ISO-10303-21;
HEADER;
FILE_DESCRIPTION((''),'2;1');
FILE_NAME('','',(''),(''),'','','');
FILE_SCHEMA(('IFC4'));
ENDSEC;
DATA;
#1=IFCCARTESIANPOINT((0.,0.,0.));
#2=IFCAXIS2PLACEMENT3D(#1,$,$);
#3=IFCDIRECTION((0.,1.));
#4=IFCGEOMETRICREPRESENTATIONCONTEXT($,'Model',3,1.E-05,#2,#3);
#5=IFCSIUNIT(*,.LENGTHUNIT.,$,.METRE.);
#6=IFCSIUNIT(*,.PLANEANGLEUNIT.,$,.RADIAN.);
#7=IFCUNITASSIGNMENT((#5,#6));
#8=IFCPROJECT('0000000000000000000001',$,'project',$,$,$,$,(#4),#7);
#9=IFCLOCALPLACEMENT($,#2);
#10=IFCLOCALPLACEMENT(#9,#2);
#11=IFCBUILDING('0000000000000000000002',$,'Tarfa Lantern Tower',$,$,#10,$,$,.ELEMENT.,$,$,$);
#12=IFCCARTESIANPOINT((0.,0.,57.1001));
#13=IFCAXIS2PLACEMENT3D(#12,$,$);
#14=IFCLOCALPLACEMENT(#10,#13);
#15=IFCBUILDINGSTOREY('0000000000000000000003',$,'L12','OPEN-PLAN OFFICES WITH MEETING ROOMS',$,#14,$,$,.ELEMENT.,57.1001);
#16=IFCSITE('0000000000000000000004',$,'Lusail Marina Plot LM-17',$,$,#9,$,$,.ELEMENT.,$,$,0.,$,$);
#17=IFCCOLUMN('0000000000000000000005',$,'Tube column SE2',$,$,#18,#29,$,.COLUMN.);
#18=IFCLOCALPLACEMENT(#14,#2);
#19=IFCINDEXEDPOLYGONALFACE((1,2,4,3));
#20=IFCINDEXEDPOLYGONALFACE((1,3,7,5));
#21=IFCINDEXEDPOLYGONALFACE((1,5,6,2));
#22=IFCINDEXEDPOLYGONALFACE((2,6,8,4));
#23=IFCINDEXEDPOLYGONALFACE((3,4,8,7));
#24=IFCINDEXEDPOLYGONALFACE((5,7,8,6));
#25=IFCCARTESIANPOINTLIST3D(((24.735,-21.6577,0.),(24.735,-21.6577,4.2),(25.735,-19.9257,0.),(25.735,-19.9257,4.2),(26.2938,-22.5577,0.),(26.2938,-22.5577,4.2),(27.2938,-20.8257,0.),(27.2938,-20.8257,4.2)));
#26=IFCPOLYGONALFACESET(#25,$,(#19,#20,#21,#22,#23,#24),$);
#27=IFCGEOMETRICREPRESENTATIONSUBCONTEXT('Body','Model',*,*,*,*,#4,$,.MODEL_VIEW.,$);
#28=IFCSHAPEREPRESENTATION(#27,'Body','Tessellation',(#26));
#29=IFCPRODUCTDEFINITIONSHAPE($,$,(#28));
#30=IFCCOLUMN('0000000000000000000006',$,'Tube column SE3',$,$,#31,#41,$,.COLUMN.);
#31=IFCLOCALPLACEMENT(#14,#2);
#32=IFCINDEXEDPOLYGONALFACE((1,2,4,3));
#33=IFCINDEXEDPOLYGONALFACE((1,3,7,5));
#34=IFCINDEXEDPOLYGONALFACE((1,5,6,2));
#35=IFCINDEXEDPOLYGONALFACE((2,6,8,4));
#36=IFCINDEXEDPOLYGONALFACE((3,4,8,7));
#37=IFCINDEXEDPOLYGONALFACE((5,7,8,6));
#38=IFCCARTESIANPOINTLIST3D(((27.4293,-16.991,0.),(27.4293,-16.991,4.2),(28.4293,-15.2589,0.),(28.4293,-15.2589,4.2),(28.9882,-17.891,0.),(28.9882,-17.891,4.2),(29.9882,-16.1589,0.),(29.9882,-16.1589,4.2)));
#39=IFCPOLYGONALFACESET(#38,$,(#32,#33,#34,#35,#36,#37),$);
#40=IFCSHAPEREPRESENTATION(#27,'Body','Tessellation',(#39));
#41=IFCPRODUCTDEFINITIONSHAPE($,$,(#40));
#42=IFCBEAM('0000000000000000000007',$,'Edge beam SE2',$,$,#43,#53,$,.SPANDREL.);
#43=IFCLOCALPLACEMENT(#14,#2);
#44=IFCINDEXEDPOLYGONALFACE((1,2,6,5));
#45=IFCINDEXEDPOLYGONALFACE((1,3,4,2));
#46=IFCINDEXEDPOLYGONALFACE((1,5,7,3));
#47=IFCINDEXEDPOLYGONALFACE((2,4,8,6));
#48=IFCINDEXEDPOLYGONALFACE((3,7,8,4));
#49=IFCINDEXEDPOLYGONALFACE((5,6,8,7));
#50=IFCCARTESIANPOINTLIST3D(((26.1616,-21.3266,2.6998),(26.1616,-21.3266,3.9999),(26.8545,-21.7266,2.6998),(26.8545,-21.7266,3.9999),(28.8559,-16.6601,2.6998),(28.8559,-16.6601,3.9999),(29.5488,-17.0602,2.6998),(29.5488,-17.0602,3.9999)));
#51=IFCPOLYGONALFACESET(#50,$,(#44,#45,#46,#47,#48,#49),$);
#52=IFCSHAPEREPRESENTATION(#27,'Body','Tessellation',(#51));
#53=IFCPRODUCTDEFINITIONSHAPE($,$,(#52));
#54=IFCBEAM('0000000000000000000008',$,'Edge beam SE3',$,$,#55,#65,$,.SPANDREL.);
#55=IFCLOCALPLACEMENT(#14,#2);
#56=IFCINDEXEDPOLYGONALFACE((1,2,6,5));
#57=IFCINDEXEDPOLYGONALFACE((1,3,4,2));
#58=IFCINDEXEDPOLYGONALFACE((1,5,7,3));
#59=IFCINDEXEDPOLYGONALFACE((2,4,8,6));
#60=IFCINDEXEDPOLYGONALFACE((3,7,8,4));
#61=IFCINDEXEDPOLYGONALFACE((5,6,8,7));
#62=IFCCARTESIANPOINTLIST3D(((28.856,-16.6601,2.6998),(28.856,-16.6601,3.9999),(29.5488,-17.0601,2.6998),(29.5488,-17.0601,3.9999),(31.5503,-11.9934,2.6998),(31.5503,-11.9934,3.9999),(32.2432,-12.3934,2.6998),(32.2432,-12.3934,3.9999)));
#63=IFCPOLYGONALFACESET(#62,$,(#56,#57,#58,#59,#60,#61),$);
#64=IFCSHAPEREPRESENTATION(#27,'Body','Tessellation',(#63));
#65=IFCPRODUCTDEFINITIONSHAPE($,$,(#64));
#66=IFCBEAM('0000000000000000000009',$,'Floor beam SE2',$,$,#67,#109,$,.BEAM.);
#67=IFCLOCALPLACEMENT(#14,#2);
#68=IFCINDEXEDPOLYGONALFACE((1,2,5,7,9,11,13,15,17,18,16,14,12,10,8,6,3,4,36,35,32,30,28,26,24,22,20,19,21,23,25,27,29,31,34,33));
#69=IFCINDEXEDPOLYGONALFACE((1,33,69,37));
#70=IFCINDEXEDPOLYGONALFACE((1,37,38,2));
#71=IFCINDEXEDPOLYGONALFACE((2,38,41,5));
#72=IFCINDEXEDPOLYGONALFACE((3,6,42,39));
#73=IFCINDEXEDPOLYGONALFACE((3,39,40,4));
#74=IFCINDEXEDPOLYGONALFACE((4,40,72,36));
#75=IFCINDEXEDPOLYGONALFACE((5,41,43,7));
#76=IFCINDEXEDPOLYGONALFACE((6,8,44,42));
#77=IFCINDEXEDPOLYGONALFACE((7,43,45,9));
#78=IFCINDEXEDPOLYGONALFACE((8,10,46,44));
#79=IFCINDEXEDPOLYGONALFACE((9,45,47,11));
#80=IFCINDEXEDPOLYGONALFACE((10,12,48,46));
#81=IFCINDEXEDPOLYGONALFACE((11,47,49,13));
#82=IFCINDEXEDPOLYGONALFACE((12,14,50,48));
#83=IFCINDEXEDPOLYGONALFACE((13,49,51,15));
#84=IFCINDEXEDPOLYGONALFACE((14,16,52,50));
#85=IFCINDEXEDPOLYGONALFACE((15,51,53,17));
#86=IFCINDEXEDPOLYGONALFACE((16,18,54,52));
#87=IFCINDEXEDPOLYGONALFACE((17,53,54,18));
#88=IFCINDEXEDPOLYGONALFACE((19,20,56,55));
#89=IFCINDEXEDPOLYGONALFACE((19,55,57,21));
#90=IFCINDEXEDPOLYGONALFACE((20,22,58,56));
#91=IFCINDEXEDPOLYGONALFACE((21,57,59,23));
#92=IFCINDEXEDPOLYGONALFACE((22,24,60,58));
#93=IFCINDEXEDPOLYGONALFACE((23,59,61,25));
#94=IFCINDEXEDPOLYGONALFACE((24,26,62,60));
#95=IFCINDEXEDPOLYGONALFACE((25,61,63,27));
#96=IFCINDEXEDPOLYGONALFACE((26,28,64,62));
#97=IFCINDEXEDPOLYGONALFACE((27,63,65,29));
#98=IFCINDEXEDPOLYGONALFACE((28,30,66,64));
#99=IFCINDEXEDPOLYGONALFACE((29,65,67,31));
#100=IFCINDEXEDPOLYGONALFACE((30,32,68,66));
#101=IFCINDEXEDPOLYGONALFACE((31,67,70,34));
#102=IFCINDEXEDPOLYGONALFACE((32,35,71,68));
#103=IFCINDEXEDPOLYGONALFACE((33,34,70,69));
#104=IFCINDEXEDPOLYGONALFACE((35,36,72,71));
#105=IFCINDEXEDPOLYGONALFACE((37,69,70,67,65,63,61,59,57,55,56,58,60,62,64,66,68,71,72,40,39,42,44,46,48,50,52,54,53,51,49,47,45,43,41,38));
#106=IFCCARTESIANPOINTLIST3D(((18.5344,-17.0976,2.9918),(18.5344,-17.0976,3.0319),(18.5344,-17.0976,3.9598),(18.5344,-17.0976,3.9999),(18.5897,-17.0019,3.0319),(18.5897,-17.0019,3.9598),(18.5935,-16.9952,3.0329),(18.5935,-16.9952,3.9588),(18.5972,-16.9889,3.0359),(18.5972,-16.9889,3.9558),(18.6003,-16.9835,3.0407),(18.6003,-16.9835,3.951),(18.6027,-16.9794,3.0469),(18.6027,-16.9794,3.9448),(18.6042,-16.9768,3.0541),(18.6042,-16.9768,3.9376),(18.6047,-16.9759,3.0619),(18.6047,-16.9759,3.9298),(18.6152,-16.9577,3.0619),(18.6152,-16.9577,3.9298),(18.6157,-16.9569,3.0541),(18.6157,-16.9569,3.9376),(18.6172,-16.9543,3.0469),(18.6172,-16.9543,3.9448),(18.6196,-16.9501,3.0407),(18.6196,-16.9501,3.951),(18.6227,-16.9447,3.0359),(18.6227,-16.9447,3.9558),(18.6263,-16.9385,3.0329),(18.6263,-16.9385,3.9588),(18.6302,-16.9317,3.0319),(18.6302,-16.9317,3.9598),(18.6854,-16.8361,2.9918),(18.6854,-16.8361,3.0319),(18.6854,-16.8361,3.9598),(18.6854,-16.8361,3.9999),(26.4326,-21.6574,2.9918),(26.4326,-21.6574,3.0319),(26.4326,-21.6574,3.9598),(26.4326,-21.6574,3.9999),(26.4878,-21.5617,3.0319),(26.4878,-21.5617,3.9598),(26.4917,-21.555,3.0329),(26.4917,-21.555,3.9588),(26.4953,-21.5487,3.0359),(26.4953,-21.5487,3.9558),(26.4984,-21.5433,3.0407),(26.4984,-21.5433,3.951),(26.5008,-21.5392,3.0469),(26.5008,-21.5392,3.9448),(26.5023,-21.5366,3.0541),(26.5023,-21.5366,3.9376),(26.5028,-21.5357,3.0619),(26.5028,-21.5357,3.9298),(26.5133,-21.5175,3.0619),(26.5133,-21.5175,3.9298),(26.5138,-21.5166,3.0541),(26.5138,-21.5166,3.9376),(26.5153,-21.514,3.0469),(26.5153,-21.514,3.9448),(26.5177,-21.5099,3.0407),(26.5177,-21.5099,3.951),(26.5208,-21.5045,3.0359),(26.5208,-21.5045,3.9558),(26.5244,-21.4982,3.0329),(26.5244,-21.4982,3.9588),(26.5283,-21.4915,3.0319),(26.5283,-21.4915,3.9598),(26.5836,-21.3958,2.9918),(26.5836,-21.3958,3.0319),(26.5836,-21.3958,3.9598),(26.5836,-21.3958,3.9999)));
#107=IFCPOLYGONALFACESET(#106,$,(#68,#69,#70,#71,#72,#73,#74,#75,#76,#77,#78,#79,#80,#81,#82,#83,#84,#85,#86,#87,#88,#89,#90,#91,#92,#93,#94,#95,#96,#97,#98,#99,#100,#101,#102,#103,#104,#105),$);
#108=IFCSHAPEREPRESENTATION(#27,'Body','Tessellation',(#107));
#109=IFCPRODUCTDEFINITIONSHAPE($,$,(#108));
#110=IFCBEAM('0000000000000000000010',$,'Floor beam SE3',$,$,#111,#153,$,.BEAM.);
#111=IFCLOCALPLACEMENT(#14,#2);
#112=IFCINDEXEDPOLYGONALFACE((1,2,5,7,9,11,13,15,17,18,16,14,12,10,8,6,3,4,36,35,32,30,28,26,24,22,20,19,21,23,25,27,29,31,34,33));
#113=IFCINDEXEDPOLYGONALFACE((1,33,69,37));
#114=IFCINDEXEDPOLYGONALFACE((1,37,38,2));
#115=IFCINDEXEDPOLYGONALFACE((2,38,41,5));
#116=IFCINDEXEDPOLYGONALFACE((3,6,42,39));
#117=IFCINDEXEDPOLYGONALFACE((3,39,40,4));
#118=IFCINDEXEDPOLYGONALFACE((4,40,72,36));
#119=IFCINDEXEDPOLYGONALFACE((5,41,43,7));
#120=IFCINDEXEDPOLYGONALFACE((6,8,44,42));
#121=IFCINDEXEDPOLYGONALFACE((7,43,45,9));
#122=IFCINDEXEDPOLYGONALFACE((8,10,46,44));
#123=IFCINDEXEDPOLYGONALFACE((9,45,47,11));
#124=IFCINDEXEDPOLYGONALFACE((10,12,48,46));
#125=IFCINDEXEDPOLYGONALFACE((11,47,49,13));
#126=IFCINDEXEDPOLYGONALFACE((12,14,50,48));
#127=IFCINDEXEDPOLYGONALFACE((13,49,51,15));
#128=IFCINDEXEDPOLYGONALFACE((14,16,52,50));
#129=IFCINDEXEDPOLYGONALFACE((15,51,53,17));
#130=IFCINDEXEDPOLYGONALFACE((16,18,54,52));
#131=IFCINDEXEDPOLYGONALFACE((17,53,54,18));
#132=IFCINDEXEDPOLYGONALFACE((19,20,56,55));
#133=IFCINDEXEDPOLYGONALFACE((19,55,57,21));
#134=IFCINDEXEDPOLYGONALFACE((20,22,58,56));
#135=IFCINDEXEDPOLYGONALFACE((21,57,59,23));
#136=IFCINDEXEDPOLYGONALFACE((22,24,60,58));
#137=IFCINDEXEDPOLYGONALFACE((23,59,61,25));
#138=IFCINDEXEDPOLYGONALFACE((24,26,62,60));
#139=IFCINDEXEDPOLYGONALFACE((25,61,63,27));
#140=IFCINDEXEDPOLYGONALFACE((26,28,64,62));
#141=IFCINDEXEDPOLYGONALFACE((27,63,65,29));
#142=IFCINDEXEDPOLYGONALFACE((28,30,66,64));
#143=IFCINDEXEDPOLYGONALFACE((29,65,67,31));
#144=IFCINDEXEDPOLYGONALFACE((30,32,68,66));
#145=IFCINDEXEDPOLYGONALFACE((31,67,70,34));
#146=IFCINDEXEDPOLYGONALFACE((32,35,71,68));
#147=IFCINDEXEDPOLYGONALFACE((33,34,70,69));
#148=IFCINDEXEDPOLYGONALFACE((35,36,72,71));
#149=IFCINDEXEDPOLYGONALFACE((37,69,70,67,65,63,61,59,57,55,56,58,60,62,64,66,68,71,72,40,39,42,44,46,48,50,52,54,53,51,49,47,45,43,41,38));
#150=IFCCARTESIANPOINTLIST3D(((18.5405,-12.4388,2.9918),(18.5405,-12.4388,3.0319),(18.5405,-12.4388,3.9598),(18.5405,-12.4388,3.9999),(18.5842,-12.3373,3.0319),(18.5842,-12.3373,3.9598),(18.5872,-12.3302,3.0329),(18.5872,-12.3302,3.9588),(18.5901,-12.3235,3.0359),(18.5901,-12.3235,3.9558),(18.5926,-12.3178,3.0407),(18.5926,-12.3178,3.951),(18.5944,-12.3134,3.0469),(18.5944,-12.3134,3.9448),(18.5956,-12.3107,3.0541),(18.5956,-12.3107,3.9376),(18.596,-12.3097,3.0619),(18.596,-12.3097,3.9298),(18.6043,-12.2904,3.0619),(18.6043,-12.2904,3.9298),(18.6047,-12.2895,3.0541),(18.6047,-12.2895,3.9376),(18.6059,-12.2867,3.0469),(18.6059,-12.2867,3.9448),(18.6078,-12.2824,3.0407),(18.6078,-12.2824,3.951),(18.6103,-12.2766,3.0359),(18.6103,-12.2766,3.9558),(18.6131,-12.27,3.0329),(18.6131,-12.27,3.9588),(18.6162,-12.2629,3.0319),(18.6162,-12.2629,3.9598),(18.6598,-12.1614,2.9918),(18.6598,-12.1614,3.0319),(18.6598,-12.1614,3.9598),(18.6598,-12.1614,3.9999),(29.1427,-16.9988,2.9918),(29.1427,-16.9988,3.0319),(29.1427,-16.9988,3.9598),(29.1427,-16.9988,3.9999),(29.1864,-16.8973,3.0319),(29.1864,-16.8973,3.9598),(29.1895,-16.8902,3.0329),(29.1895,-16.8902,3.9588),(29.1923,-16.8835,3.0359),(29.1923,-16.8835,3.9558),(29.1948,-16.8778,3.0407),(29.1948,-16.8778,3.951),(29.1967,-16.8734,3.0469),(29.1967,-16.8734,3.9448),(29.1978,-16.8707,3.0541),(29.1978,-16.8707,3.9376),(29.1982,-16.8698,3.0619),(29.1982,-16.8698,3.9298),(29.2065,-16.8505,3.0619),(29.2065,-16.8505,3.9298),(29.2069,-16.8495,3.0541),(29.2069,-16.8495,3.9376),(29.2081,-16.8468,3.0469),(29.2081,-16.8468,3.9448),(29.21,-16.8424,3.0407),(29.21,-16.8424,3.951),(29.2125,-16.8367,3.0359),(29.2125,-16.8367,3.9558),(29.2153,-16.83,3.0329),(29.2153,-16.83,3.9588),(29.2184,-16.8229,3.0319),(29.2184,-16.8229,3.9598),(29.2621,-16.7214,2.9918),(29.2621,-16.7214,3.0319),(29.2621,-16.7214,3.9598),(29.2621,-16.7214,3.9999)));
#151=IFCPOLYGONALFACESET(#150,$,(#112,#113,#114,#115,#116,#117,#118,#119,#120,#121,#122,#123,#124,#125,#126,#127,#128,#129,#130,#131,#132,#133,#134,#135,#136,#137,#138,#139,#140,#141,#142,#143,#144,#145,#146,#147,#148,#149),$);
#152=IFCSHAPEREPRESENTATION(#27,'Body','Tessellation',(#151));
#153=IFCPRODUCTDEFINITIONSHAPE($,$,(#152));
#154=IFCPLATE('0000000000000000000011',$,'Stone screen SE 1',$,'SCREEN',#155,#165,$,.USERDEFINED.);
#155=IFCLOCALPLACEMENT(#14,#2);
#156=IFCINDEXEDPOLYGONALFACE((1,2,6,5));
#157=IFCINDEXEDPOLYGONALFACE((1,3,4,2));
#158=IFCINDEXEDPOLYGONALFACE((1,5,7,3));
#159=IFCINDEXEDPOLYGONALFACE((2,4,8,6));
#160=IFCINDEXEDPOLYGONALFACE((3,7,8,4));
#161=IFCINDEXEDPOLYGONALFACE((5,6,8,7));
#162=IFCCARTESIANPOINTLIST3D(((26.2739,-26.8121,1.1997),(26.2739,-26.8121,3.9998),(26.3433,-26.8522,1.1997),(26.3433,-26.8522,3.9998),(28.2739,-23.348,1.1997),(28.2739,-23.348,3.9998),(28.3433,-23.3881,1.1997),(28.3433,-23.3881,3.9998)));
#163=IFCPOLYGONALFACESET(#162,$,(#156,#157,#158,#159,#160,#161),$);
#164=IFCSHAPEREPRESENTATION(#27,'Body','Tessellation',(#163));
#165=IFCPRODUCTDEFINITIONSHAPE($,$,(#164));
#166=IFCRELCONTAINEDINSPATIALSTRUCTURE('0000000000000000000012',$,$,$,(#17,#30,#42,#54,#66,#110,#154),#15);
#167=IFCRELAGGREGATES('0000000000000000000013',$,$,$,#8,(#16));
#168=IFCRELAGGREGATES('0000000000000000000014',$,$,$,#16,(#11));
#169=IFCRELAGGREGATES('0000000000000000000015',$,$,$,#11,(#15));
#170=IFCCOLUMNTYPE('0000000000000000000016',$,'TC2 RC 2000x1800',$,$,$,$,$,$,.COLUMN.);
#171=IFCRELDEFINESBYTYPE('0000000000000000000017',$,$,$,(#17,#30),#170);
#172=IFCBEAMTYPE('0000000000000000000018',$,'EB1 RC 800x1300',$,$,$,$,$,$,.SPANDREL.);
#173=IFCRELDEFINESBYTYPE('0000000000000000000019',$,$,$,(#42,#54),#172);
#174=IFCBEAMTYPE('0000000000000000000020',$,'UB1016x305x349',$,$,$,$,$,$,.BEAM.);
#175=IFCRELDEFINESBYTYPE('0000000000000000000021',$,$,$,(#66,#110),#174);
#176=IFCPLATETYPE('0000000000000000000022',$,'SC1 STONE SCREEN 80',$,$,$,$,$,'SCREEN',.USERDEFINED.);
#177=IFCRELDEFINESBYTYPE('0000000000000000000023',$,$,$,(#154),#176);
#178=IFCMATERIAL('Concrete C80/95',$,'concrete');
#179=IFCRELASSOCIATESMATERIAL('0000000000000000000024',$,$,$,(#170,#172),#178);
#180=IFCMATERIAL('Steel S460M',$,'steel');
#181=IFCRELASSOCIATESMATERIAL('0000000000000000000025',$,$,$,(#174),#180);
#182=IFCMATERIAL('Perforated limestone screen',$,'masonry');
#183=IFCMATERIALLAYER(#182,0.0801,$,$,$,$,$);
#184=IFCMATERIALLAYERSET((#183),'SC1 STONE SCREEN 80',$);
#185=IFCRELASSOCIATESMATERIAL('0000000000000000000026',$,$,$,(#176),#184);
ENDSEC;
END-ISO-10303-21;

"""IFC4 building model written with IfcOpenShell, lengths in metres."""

from ifc_helpers import new_model, si_unit, direction, frame, origin, origin_2d, place, context, subcontext, project, spatial, rectangle, i_section, extrude, material, layer, layer_set, material_profile, profile_set, type_object, element, save


model = new_model("IFC4")

# Units and contexts
model_context = context("Model", 3, precision=1e-05, world=origin(), true_north=direction((0.0, 1.0)))
body_context = subcontext(model_context, "Body", "Model", "MODEL_VIEW")
ifc_project = project(units=[si_unit("LENGTHUNIT", "METRE"), si_unit("PLANEANGLEUNIT", "RADIAN")], contexts=[model_context])

# Site, building, storey
site_placement = place(None, origin())
site = spatial("IfcSite", under=ifc_project, at=site_placement, Name="Lusail Marina Plot LM-17", CompositionType="ELEMENT", RefElevation=0.0)
building_placement = place(site_placement, origin())
building = spatial("IfcBuilding", under=site, at=building_placement, Name="Tarfa Lantern Tower", CompositionType="ELEMENT")
storey_placement = place(building_placement, frame((0.0, 0.0, 57.1001)))
storey = spatial("IfcBuildingStorey", under=building, at=storey_placement, Name="L12", Description="OPEN-PLAN OFFICES WITH MEETING ROOMS", CompositionType="ELEMENT", Elevation=57.1001)

# Columns
ifc_material_1 = material(Name="Concrete C80/95", Category="concrete")
ifc_material_profile_1 = material_profile(ifc_material_1, rectangle(XDim=2.0, YDim=1.8, at=origin_2d()), Name="RC 2000x1800")
ifc_profile_set_1 = profile_set([ifc_material_profile_1], Name="Concrete C80/95")
column_type = type_object("IfcColumnType", Name="TC2 RC 2000x1800", PredefinedType="COLUMN", material=ifc_profile_set_1)
for number, where, z_axis, x_axis, name in (
    (1, (26.0144, -21.2417, 0.0), (0.0, 0.0, 1.0), (0.5, 0.866025, 0.0), "Tube column SE2"),
    (2, (28.7087, -16.575, 0.0), (0.0, 0.0, 1.0), (0.5, 0.866025, 0.0), "Tube column SE3"),
):
    element("IfcColumn", number, at=place(storey_placement, frame(where, z_axis=z_axis, x_axis=x_axis)), inside=storey, type_object=column_type, Name=name, PredefinedType="COLUMN", context=body_context, shape_type="SweptSolid", body=[
        extrude(rectangle(XDim=2.0, YDim=1.8, at=origin_2d()), origin(), (0.0, 0.0, 1.0), 4.2),
    ])

# Beams
ifc_material_profile_2 = material_profile(ifc_material_1, rectangle(XDim=0.8, YDim=1.3, at=origin_2d()), Name="RC 800x1300")
ifc_profile_set_2 = profile_set([ifc_material_profile_2], Name="Concrete C80/95")
beam_type_1 = type_object("IfcBeamType", Name="EB1 RC 800x1300", PredefinedType="SPANDREL", material=ifc_profile_set_2)
beam_1_placement = place(storey_placement, frame((26.5081, -21.5266, 3.3499), z_axis=(0.500018, 0.866015, 0.0), x_axis=(-0.866015, 0.500018, 0.0)))
element("IfcBeam", 3, at=beam_1_placement, inside=storey, type_object=beam_type_1, Name="Edge beam SE2", PredefinedType="SPANDREL", context=body_context, shape_type="SweptSolid", body=[
    extrude(rectangle(XDim=0.8, YDim=1.3, at=origin_2d()), origin(), (0.0, 0.0, 1.0), 5.3884),
])
beam_2_placement = place(storey_placement, frame((29.2024, -16.8601, 3.3499), z_axis=(0.499998, 0.866026, 0.0), x_axis=(-0.866026, 0.499998, 0.0)))
element("IfcBeam", 4, at=beam_2_placement, inside=storey, type_object=beam_type_1, Name="Edge beam SE3", PredefinedType="SPANDREL", context=body_context, shape_type="SweptSolid", body=[
    extrude(rectangle(XDim=0.8, YDim=1.3, at=origin_2d()), origin(), (0.0, 0.0, 1.0), 5.3887),
])
ifc_material_2 = material(Name="Steel S460M", Category="steel")
ifc_material_profile_3 = material_profile(ifc_material_2, i_section(OverallWidth=0.302, OverallDepth=1.0081, WebThickness=0.021, FlangeThickness=0.04, FilletRadius=0.03, at=origin_2d()), Name="UB1016x305x349")
ifc_profile_set_3 = profile_set([ifc_material_profile_3], Name="Steel S460M")
beam_type_2 = type_object("IfcBeamType", Name="UB1016x305x349", PredefinedType="BEAM", material=ifc_profile_set_3)
beam_3_placement = place(storey_placement, frame((26.5081, -21.5266, 3.4958), z_axis=(-0.866035, 0.499983, 0.0), x_axis=(-0.499983, -0.866035, 0.0)))
element("IfcBeam", 5, at=beam_3_placement, inside=storey, type_object=beam_type_2, Name="Floor beam SE2", PredefinedType="BEAM", context=body_context, shape_type="SweptSolid", body=[
    extrude(i_section(OverallWidth=0.302, OverallDepth=1.0081, WebThickness=0.021, FlangeThickness=0.04, FilletRadius=0.03, at=origin_2d()), origin(), (0.0, 0.0, 1.0), 9.1199),
])
beam_4_placement = place(storey_placement, frame((29.2024, -16.8601, 3.4958), z_axis=(-0.918635, 0.395106, 0.0), x_axis=(-0.395106, -0.918635, 0.0)))
element("IfcBeam", 6, at=beam_4_placement, inside=storey, type_object=beam_type_2, Name="Floor beam SE3", PredefinedType="BEAM", context=body_context, shape_type="SweptSolid", body=[
    extrude(i_section(OverallWidth=0.302, OverallDepth=1.0081, WebThickness=0.021, FlangeThickness=0.04, FilletRadius=0.03, at=origin_2d()), origin(), (0.0, 0.0, 1.0), 11.5413),
])

# Plate
ifc_material_3 = material(Name="Perforated limestone screen", Category="masonry")
ifc_layer_1 = layer(ifc_material_3, 0.0801)
ifc_layer_set_1 = layer_set([ifc_layer_1], Name="SC1 STONE SCREEN 80")
plate_type = type_object("IfcPlateType", Name="SC1 STONE SCREEN 80", ElementType="SCREEN", PredefinedType="USERDEFINED", material=ifc_layer_set_1)
plate_placement = place(storey_placement, frame((27.3086, -25.1001, 1.1997), z_axis=(0.0, 0.0, 1.0), x_axis=(0.5, 0.866025, 0.0)))
element("IfcPlate", 7, at=plate_placement, inside=storey, type_object=plate_type, Name="Stone screen SE 1", ObjectType="SCREEN", PredefinedType="USERDEFINED", context=body_context, shape_type="SweptSolid", body=[
    extrude(rectangle(XDim=4.0, YDim=0.0801, at=origin_2d()), origin(), (0.0, 0.0, 1.0), 2.8),
])

save(model, "model.ifc")
